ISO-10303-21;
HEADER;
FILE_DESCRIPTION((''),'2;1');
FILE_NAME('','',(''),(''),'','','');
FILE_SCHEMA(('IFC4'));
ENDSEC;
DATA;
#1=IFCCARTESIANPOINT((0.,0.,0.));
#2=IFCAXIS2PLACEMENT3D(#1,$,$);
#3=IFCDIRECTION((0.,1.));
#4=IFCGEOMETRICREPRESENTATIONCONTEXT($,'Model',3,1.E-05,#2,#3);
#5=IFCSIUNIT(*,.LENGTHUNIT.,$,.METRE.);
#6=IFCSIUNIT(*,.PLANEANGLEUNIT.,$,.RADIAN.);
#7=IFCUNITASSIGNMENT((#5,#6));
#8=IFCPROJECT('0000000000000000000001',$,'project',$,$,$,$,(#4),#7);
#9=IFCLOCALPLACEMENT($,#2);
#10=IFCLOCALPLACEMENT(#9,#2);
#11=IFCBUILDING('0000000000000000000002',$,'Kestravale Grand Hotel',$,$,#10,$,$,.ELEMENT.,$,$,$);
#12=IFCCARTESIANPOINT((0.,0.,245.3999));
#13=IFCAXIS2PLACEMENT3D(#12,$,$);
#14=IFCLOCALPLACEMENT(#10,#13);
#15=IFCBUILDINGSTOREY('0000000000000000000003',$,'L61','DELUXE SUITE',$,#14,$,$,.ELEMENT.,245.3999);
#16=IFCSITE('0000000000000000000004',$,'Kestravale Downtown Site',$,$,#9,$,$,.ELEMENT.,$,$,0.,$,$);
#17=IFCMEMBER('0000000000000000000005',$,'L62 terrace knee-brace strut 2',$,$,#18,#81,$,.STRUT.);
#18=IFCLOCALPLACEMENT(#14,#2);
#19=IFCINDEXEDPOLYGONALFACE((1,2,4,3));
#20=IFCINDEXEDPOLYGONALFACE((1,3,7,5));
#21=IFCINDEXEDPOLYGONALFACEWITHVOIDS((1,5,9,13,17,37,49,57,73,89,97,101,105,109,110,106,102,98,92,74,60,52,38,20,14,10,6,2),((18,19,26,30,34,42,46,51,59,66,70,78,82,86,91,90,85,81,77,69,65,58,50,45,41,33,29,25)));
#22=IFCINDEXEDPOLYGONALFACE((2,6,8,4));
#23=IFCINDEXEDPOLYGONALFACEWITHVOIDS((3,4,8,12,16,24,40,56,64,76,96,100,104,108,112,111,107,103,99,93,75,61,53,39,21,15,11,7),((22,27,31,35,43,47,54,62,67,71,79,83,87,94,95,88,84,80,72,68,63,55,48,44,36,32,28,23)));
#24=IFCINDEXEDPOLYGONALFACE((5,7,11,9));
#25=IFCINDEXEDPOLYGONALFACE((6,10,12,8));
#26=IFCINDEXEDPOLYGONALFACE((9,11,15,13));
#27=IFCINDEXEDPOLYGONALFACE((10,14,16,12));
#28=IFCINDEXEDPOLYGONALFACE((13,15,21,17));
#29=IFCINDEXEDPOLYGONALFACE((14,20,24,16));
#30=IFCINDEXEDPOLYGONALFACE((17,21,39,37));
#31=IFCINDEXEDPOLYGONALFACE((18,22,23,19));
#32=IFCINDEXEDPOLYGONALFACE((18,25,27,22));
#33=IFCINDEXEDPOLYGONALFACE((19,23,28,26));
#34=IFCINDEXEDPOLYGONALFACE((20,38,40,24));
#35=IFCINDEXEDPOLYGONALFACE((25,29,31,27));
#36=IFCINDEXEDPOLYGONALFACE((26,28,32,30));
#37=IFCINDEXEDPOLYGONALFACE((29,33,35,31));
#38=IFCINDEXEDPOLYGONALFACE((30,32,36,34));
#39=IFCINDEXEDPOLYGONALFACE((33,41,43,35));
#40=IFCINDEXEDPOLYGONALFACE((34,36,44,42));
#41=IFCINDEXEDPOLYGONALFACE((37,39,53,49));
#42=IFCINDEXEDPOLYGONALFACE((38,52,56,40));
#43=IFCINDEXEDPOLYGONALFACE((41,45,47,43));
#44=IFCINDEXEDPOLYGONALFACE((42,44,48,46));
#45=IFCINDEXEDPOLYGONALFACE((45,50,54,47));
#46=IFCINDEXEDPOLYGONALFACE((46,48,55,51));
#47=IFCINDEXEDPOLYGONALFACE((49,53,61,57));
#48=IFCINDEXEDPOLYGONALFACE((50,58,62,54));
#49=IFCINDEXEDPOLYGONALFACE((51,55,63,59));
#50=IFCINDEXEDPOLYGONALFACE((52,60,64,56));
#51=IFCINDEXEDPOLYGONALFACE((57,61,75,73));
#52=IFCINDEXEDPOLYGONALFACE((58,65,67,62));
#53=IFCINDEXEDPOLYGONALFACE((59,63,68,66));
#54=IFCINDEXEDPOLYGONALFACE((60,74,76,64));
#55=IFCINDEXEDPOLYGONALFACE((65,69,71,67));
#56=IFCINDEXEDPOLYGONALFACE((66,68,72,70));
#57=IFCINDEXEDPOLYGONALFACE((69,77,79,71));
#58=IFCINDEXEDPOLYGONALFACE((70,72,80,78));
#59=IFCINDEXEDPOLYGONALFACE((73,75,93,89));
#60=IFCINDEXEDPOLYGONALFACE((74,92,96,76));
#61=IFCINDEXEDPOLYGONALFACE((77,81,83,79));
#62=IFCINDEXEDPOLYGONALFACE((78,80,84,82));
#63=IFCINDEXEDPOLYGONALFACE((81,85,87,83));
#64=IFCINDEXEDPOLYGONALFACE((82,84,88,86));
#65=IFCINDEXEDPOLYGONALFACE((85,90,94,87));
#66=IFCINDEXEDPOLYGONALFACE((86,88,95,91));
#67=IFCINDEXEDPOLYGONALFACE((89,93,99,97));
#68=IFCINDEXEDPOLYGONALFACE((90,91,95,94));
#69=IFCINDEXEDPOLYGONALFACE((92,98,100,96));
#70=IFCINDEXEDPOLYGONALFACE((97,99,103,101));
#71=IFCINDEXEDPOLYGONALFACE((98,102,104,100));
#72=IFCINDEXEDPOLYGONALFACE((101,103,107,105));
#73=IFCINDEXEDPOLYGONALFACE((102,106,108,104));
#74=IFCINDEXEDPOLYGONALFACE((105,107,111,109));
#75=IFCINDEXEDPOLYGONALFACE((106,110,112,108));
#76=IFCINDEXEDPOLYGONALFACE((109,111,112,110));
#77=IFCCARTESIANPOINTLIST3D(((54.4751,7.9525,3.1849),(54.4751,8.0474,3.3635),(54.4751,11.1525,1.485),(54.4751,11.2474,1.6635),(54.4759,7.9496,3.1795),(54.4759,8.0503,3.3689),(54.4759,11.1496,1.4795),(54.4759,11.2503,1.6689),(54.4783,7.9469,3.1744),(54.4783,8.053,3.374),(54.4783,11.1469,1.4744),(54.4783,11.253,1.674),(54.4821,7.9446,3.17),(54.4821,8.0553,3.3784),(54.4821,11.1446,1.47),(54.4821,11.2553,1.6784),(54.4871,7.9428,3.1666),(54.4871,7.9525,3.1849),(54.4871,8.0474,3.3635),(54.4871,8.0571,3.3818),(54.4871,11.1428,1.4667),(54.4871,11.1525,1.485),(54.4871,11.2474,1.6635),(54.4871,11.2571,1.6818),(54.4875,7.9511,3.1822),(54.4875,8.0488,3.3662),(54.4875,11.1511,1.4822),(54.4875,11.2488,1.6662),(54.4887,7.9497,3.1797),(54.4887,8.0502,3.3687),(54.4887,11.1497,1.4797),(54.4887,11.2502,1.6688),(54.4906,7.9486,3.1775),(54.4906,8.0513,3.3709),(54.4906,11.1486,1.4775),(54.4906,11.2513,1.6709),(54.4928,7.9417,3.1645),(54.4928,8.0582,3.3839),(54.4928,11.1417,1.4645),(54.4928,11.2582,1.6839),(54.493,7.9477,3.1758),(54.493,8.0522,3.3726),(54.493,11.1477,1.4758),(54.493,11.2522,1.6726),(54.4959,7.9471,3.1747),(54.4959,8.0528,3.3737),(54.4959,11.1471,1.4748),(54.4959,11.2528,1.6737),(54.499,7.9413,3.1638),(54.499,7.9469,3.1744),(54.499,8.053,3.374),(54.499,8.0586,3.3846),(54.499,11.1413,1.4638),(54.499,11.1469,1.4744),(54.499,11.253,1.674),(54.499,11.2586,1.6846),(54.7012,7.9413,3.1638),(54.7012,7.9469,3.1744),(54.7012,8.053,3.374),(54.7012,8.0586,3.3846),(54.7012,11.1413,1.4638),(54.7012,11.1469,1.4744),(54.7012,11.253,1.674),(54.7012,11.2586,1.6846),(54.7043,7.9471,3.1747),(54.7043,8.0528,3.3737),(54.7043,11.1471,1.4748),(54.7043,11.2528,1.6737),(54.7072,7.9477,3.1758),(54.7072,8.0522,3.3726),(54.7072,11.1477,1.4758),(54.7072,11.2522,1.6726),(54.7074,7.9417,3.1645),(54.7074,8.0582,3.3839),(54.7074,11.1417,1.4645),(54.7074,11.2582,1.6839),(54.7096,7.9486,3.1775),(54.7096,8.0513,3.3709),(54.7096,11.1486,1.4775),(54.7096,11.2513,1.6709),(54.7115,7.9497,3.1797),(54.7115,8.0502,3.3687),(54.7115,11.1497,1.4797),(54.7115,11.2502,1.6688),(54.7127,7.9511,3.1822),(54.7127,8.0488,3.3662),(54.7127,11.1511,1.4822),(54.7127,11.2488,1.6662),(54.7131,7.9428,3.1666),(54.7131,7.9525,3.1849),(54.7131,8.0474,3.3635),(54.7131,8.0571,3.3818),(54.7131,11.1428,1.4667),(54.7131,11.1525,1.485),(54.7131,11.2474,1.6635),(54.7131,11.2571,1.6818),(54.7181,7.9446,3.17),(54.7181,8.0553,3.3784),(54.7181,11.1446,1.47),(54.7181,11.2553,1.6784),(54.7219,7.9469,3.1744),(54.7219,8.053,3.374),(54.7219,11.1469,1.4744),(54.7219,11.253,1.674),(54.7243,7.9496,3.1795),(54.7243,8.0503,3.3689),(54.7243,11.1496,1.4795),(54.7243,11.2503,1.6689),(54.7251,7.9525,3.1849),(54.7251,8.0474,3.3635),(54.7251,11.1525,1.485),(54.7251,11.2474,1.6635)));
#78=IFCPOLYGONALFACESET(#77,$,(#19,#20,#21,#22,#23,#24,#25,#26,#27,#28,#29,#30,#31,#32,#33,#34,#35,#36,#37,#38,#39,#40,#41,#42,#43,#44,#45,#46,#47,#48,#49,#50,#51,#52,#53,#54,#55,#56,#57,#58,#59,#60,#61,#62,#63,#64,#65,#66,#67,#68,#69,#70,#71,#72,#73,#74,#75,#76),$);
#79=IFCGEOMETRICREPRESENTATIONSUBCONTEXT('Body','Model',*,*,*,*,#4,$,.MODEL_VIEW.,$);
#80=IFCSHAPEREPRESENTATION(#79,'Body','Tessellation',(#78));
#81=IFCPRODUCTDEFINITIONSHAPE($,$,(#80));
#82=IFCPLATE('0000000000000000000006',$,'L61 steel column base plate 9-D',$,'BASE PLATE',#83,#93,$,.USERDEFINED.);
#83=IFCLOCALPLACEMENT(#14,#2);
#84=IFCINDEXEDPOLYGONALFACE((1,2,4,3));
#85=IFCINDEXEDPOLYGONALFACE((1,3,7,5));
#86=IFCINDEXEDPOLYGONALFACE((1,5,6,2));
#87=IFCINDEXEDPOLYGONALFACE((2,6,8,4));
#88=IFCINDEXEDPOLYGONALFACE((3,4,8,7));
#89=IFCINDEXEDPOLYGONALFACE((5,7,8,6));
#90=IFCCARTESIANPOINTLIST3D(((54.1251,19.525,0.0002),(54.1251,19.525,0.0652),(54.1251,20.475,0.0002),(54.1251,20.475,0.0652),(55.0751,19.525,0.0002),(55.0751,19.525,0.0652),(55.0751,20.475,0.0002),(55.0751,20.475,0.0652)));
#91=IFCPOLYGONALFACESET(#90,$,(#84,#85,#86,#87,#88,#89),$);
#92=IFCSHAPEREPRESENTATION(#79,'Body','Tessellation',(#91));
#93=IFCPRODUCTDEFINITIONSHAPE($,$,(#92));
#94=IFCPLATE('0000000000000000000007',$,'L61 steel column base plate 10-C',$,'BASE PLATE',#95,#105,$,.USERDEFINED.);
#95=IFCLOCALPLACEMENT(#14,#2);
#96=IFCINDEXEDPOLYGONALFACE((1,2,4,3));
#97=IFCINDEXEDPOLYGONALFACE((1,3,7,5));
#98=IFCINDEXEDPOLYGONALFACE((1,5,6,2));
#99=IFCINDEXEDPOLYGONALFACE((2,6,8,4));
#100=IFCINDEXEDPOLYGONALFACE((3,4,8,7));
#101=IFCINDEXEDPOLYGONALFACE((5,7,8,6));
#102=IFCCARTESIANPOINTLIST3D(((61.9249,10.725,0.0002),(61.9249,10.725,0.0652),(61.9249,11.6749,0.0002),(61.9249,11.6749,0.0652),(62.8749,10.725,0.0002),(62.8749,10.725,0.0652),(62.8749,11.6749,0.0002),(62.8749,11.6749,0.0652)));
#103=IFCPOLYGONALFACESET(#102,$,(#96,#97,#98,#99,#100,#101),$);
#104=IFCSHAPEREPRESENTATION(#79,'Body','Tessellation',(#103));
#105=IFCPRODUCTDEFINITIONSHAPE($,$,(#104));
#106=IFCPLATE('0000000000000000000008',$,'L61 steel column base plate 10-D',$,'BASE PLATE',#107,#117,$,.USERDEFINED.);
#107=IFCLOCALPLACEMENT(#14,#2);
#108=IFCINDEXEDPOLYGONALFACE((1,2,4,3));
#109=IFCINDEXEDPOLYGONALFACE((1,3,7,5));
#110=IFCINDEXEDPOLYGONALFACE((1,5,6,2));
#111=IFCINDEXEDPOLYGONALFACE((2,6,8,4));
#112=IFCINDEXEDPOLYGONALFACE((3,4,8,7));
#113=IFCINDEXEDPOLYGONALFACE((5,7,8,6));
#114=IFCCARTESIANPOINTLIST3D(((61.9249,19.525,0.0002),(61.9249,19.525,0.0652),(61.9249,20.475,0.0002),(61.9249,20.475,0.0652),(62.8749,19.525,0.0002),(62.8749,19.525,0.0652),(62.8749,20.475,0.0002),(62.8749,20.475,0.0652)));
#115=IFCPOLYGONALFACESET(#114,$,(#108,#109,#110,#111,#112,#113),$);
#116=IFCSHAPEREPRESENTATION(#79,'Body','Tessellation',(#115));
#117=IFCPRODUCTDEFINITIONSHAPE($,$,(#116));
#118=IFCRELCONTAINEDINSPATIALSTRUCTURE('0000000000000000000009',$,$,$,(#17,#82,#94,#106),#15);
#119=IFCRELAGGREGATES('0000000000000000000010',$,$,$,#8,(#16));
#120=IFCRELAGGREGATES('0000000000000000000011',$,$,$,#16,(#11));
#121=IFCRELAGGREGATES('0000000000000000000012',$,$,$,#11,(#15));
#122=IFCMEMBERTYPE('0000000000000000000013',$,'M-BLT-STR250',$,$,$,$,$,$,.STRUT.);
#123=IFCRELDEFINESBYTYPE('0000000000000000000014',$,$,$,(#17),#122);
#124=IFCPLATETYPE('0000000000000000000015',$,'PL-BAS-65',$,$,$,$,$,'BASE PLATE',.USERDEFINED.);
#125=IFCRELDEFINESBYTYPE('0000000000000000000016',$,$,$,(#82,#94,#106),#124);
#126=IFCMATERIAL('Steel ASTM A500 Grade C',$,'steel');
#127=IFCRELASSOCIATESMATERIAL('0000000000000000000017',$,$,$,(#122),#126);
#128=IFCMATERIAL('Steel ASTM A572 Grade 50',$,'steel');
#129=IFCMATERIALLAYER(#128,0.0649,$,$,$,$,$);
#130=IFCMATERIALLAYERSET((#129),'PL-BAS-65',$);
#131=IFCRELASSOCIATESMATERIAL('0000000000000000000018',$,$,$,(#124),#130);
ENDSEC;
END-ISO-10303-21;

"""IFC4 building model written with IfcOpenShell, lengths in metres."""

from ifc_helpers import new_model, si_unit, direction, frame, origin, origin_2d, place, context, subcontext, project, spatial, rectangle, hollow_rectangle, extrude, material, layer, layer_set, material_profile, profile_set, type_object, element, save


model = new_model("IFC4")

# Units and contexts
model_context = context("Model", 3, precision=1e-05, world=origin(), true_north=direction((0.0, 1.0)))
body_context = subcontext(model_context, "Body", "Model", "MODEL_VIEW")
ifc_project = project(units=[si_unit("LENGTHUNIT", "METRE"), si_unit("PLANEANGLEUNIT", "RADIAN")], contexts=[model_context])

# Site, building, storey
site_placement = place(None, origin())
site = spatial("IfcSite", under=ifc_project, at=site_placement, Name="Kestravale Downtown Site", CompositionType="ELEMENT", RefElevation=0.0)
building_placement = place(site_placement, origin())
building = spatial("IfcBuilding", under=site, at=building_placement, Name="Kestravale Grand Hotel", CompositionType="ELEMENT")
storey_placement = place(building_placement, frame((0.0, 0.0, 245.3999)))
storey = spatial("IfcBuildingStorey", under=building, at=storey_placement, Name="L61", Description="DELUXE SUITE", CompositionType="ELEMENT", Elevation=245.3999)

# Member
ifc_material_1 = material(Name="Steel ASTM A500 Grade C", Category="steel")
ifc_material_profile_1 = material_profile(ifc_material_1, hollow_rectangle(XDim=0.25, YDim=0.25, WallThickness=0.012, InnerFilletRadius=0.012, OuterFilletRadius=0.0239, at=origin_2d()))
ifc_profile_set_1 = profile_set([ifc_material_profile_1], Name="Steel ASTM A500 Grade C")
member_type = type_object("IfcMemberType", Name="M-BLT-STR250", PredefinedType="STRUT", material=ifc_profile_set_1)
member_placement = place(storey_placement, frame((54.6001, 11.2, 1.5742), z_axis=(0.0, -0.883118, 0.46915), x_axis=(1.0, 0.0, 0.0)))
element("IfcMember", 1, at=member_placement, inside=storey, type_object=member_type, Name="L62 terrace knee-brace strut 2", PredefinedType="STRUT", context=body_context, shape_type="SweptSolid", body=[
    extrude(hollow_rectangle(XDim=0.25, YDim=0.25, WallThickness=0.012, InnerFilletRadius=0.012, OuterFilletRadius=0.0239, at=origin_2d()), origin(), (0.0, 0.0, 1.0), 3.6235),
])

# Plates
ifc_material_2 = material(Name="Steel ASTM A572 Grade 50", Category="steel")
ifc_layer_1 = layer(ifc_material_2, 0.0649)
ifc_layer_set_1 = layer_set([ifc_layer_1], Name="PL-BAS-65")
plate_type = type_object("IfcPlateType", Name="PL-BAS-65", ElementType="BASE PLATE", PredefinedType="USERDEFINED", material=ifc_layer_set_1)
for number, where, z_axis, x_axis, name in (
    (2, (54.6001, 20.0, 0.0002), (0.0, 0.0, 1.0), (1.0, 0.0, 0.0), "L61 steel column base plate 9-D"),
    (3, (62.3999, 11.2, 0.0002), (0.0, 0.0, 1.0), (1.0, 0.0, 0.0), "L61 steel column base plate 10-C"),
    (4, (62.3999, 20.0, 0.0002), (0.0, 0.0, 1.0), (1.0, 0.0, 0.0), "L61 steel column base plate 10-D"),
):
    element("IfcPlate", number, at=place(storey_placement, frame(where, z_axis=z_axis, x_axis=x_axis)), inside=storey, type_object=plate_type, Name=name, ObjectType="BASE PLATE", PredefinedType="USERDEFINED", context=body_context, shape_type="SweptSolid", body=[
        extrude(rectangle(XDim=0.95, YDim=0.95, at=origin_2d()), origin(), (0.0, 0.0, 1.0), 0.0649),
    ])

save(model, "model.ifc")
